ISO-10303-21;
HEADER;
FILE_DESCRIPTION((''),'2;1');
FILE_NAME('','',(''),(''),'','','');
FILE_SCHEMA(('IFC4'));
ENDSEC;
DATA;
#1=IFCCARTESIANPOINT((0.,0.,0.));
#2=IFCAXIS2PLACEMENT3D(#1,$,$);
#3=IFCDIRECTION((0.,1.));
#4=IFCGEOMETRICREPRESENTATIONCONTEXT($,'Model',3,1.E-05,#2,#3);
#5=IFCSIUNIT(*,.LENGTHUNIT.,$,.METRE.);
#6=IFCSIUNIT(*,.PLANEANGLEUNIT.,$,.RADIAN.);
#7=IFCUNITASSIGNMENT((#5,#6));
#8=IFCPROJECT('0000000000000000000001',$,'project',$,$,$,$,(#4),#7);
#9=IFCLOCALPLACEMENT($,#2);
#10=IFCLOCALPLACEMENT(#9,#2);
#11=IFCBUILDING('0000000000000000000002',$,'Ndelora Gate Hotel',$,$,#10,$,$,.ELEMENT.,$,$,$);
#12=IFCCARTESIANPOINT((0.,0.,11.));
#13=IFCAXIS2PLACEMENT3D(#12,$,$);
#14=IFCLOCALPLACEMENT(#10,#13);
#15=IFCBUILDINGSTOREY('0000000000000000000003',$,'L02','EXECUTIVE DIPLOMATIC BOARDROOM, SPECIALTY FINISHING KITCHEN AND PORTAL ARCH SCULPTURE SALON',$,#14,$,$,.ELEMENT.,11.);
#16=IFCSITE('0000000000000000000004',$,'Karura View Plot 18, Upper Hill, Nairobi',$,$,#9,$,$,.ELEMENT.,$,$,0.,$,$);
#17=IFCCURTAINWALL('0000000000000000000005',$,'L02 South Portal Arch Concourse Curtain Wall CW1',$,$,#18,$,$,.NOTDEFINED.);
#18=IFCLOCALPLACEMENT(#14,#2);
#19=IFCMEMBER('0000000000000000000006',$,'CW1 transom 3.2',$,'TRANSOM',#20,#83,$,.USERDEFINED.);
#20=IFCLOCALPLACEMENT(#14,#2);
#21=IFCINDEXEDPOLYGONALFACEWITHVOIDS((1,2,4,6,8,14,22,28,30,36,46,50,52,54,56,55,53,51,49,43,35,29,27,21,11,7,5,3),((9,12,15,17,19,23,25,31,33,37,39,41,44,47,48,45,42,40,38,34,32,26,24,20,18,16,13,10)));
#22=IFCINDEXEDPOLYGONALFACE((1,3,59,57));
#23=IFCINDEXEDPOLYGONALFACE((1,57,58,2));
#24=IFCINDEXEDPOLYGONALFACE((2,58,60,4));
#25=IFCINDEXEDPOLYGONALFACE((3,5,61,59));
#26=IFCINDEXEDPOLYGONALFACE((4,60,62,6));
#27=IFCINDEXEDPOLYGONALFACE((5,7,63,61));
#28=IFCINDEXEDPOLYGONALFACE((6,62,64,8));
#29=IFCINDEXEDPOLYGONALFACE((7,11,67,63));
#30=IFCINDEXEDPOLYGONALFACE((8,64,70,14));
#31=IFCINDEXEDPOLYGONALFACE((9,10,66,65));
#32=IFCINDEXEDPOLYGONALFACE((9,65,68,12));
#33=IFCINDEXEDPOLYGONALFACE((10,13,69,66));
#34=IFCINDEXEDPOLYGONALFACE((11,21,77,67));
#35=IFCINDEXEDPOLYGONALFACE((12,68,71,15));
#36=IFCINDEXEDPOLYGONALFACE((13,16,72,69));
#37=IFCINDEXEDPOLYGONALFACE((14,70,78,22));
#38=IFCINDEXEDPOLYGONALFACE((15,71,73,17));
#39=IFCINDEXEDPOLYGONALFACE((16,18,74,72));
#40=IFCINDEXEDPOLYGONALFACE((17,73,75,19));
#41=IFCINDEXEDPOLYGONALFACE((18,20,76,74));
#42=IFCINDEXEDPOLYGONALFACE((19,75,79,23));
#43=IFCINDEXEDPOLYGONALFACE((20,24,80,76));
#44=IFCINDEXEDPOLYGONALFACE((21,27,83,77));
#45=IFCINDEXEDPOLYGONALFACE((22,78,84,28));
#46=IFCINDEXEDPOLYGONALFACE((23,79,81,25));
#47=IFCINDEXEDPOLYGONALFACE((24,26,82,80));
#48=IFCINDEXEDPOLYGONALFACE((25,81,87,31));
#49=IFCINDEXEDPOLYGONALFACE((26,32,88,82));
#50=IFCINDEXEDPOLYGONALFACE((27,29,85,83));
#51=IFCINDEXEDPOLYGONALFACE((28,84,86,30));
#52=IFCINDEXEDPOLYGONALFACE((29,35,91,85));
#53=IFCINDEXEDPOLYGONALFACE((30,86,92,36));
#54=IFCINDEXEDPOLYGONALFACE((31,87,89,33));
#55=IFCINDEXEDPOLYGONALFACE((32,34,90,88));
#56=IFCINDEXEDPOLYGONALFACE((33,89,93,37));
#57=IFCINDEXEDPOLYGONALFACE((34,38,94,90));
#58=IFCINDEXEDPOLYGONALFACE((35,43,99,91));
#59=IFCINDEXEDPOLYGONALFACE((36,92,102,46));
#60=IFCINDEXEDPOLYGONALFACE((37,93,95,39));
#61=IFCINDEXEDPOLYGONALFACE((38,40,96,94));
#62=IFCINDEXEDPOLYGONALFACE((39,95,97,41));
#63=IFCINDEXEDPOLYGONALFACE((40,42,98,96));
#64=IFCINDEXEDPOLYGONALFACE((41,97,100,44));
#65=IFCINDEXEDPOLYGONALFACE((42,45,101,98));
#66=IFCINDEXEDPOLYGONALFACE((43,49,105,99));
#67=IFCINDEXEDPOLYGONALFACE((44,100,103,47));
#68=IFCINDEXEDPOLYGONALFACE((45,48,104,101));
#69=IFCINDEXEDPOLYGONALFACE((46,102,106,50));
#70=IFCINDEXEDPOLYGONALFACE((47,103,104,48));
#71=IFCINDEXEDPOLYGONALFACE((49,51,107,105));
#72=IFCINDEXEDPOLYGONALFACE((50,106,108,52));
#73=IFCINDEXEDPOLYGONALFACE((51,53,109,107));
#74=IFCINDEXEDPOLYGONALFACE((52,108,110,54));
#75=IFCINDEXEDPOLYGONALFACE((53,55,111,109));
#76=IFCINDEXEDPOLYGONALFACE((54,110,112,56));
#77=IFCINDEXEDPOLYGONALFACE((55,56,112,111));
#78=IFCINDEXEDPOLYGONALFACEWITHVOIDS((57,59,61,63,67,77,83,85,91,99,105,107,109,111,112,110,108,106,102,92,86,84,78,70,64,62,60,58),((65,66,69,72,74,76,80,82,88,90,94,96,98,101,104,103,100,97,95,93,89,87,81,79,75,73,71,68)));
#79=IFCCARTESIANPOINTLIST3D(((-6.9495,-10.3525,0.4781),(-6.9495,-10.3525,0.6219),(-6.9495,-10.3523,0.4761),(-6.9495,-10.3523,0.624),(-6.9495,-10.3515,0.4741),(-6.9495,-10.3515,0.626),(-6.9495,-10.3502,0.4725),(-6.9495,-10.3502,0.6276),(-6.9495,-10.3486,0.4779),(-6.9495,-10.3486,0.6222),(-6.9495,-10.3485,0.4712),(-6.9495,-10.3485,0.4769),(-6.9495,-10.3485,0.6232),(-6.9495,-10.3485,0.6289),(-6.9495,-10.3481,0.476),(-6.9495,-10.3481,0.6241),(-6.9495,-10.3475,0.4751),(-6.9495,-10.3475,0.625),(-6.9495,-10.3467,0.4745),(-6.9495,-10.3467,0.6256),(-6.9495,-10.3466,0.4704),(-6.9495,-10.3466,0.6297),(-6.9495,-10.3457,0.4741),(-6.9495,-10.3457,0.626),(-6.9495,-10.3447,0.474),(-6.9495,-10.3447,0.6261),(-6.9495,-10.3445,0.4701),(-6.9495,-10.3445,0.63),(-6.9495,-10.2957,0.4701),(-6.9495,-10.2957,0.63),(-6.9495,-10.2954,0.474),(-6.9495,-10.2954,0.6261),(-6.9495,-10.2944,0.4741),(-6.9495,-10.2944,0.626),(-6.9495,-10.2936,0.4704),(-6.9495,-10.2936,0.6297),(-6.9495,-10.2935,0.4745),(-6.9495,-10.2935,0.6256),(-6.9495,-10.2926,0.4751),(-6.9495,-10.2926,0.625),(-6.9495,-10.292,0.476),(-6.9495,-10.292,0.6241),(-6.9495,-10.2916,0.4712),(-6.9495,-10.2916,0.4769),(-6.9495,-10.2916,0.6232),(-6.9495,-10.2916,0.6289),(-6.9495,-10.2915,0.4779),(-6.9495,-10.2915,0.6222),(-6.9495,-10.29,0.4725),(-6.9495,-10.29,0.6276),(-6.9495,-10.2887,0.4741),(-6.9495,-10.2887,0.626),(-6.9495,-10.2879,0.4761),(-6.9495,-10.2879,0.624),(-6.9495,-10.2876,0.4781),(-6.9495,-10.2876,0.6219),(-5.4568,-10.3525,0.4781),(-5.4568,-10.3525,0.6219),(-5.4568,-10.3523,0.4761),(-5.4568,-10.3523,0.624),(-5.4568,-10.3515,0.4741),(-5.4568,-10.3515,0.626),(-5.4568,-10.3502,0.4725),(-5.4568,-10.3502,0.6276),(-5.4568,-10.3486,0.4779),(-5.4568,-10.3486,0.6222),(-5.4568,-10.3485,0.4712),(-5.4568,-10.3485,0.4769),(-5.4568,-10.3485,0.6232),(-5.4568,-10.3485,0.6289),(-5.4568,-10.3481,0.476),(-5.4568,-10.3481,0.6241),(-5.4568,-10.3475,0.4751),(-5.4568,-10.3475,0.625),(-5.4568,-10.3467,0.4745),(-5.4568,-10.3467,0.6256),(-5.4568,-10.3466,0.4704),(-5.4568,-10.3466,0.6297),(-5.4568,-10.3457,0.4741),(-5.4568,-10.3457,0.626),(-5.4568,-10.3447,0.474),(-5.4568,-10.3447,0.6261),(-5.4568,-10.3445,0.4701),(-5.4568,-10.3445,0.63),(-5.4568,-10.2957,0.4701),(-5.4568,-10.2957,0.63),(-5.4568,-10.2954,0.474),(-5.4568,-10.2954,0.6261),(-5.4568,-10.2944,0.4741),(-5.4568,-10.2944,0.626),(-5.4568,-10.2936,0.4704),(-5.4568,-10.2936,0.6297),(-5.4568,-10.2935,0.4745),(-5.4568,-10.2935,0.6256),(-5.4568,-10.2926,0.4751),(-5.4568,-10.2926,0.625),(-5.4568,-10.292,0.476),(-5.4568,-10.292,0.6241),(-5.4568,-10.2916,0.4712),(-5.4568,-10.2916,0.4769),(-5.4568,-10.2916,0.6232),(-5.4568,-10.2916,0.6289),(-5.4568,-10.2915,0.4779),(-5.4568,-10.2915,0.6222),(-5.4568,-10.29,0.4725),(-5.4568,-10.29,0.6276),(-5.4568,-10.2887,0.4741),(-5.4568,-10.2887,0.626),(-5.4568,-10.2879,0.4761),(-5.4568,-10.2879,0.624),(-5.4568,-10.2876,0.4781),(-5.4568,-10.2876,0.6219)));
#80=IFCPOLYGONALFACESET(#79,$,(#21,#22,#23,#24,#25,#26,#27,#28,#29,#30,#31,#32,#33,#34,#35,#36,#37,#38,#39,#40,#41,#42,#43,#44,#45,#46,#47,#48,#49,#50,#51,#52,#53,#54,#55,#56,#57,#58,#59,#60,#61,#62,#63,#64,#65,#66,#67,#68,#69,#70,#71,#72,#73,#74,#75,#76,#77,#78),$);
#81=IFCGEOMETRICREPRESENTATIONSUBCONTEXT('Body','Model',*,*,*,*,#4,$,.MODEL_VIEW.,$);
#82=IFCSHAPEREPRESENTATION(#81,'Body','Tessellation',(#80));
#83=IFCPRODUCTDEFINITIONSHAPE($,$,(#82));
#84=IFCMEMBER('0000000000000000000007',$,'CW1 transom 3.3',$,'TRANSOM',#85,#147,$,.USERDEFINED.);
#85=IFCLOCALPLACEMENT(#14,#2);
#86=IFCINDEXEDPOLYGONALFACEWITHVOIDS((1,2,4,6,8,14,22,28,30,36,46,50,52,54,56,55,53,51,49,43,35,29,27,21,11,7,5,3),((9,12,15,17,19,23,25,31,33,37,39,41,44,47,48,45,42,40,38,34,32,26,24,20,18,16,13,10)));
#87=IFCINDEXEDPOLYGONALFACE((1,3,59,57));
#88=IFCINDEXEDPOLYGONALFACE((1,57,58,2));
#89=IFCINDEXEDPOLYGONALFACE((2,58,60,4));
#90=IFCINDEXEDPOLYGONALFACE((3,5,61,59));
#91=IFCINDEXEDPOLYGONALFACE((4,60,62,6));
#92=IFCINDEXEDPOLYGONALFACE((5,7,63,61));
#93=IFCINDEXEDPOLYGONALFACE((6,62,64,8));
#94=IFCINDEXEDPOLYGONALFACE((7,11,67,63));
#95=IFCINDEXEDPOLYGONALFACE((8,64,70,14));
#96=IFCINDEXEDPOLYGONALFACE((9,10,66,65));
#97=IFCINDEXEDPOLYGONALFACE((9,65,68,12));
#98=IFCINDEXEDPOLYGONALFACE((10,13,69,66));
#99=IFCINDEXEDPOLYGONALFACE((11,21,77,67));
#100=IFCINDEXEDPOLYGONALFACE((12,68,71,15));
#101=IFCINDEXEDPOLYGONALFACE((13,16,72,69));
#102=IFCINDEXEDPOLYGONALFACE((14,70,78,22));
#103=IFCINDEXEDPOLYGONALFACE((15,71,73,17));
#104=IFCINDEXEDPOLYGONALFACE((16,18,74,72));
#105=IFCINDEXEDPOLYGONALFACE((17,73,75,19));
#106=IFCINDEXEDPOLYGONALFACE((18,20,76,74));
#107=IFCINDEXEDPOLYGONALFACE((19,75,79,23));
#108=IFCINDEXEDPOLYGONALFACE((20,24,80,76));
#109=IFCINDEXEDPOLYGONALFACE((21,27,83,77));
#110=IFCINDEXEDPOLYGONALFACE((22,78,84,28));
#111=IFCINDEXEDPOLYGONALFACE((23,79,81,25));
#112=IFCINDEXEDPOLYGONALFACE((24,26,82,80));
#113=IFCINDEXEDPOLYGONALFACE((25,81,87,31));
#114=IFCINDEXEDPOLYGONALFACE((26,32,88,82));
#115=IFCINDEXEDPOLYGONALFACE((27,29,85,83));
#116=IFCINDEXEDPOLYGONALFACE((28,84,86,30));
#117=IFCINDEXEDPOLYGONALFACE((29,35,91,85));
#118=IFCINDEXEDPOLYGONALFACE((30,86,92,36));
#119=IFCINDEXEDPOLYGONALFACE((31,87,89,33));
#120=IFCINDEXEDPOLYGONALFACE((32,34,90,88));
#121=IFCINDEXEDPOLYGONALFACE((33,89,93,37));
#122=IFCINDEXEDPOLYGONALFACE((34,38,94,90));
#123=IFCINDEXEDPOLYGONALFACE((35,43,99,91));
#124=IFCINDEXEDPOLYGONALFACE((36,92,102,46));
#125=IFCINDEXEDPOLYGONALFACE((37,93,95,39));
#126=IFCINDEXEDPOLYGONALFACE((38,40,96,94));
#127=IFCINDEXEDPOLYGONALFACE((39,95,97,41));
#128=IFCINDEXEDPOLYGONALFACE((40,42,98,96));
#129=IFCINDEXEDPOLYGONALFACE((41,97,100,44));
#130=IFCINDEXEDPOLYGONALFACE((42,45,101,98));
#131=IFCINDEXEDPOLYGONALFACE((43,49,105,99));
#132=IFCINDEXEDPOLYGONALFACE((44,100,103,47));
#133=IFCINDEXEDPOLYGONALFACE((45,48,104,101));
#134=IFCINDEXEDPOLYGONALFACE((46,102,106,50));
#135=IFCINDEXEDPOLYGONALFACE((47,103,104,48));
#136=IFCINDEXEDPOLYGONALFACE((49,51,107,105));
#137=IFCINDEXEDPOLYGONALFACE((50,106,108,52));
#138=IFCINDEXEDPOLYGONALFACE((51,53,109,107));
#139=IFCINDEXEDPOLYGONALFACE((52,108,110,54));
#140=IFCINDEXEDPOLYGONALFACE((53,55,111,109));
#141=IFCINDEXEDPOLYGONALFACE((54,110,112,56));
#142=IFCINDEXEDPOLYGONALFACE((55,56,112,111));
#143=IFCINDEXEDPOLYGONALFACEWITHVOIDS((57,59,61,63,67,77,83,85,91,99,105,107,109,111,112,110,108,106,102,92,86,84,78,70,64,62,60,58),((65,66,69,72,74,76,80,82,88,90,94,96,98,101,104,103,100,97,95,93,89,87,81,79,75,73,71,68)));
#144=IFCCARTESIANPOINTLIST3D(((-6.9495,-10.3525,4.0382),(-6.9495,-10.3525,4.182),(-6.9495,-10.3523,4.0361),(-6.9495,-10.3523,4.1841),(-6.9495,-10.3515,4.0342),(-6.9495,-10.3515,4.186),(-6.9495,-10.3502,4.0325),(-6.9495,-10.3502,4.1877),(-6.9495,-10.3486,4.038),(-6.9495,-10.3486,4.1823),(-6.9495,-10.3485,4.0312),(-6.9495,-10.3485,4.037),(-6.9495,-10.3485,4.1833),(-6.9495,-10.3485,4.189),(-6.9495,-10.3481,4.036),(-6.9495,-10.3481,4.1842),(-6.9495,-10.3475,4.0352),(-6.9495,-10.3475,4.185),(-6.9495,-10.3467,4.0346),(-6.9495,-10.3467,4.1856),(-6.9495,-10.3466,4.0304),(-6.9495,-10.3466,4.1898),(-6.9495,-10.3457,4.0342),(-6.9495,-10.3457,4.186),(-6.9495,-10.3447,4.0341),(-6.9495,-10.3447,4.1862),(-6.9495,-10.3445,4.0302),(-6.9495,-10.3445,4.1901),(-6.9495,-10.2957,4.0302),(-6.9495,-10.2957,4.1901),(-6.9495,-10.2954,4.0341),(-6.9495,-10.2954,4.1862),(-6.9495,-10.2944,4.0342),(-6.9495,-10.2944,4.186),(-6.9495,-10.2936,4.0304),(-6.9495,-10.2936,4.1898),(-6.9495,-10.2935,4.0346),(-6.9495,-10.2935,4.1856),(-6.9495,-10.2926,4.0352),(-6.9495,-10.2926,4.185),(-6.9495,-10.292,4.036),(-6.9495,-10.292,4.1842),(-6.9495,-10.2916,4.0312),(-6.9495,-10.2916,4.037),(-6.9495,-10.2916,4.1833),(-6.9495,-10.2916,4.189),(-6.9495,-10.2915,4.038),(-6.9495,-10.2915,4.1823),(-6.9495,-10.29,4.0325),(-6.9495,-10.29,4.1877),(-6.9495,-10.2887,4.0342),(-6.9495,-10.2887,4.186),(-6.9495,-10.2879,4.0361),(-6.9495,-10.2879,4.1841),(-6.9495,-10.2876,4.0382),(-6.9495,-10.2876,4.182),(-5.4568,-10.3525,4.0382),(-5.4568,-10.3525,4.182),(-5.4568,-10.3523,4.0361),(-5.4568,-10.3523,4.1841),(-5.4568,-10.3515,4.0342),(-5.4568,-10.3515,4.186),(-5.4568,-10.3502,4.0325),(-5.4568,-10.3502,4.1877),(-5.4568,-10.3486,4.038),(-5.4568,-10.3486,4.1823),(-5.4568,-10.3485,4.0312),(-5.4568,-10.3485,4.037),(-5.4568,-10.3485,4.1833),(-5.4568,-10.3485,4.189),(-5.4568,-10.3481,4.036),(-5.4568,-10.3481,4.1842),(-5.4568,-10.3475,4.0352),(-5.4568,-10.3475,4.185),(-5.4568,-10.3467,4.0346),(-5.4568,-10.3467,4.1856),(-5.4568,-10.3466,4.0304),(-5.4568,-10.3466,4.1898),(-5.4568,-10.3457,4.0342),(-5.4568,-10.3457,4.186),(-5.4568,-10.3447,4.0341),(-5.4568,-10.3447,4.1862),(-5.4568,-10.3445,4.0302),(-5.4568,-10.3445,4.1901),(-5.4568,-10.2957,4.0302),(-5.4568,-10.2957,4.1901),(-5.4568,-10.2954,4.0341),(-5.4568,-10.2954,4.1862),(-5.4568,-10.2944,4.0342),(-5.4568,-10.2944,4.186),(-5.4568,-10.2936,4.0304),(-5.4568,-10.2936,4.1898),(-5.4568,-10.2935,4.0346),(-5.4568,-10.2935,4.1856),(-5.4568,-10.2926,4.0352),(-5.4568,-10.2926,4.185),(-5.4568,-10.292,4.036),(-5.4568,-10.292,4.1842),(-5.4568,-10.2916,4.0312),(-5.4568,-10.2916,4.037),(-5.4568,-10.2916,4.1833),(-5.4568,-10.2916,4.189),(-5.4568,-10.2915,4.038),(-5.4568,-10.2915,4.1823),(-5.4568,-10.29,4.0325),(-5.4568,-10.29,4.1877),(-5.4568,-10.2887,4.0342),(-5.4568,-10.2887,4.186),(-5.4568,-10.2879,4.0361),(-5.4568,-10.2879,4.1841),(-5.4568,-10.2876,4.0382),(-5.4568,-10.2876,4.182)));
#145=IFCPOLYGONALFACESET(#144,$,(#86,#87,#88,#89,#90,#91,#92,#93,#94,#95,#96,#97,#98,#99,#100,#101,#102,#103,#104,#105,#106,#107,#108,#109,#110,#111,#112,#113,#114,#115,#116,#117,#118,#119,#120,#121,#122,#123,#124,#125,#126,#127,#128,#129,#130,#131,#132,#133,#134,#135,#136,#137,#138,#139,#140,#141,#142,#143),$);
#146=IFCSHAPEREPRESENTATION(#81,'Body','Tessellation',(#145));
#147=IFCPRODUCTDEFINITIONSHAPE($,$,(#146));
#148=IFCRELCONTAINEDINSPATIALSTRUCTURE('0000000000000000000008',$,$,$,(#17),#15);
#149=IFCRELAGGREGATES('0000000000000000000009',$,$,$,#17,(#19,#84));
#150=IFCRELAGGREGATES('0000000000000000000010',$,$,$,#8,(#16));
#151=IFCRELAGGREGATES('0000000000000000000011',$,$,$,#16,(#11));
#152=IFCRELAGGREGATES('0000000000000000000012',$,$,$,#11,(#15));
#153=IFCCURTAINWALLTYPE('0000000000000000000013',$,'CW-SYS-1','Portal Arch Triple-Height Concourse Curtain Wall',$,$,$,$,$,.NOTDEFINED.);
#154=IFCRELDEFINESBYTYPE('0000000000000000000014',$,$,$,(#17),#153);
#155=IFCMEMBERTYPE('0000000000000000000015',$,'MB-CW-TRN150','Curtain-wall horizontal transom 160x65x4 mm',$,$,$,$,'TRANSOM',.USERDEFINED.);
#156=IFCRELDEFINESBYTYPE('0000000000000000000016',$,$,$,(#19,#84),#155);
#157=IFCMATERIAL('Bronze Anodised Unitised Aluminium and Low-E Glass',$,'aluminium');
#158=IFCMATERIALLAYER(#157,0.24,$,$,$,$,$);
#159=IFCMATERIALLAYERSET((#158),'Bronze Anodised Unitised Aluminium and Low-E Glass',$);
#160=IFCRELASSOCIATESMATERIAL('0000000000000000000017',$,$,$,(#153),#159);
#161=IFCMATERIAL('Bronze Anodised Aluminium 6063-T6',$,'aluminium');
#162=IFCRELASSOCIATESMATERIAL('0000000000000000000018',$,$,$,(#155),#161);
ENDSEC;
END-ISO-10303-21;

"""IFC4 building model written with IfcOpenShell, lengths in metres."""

from ifc_helpers import new_model, si_unit, direction, frame, origin, origin_2d, place, context, subcontext, project, spatial, hollow_rectangle, extrude, material, layer, layer_set, material_profile, profile_set, type_object, element, aggregate, save


model = new_model("IFC4")

# Units and contexts
model_context = context("Model", 3, precision=1e-05, world=origin(), true_north=direction((0.0, 1.0)))
body_context = subcontext(model_context, "Body", "Model", "MODEL_VIEW")
ifc_project = project(units=[si_unit("LENGTHUNIT", "METRE"), si_unit("PLANEANGLEUNIT", "RADIAN")], contexts=[model_context])

# Site, building, storey
site_placement = place(None, origin())
site = spatial("IfcSite", under=ifc_project, at=site_placement, Name="Karura View Plot 18, Upper Hill, Nairobi", CompositionType="ELEMENT", RefElevation=0.0)
building_placement = place(site_placement, origin())
building = spatial("IfcBuilding", under=site, at=building_placement, Name="Ndelora Gate Hotel", CompositionType="ELEMENT")
storey_placement = place(building_placement, frame((0.0, 0.0, 11.0)))
storey = spatial("IfcBuildingStorey", under=building, at=storey_placement, Name="L02", Description="EXECUTIVE DIPLOMATIC BOARDROOM, SPECIALTY FINISHING KITCHEN AND PORTAL ARCH SCULPTURE SALON", CompositionType="ELEMENT", Elevation=11.0)

# Curtain wall, members
ifc_material_1 = material(Name="Bronze Anodised Unitised Aluminium and Low-E Glass", Category="aluminium")
ifc_layer_1 = layer(ifc_material_1, 0.24)
ifc_layer_set_1 = layer_set([ifc_layer_1], Name="Bronze Anodised Unitised Aluminium and Low-E Glass")
curtain_wall_type = type_object("IfcCurtainWallType", Name="CW-SYS-1", Description="Portal Arch Triple-Height Concourse Curtain Wall", PredefinedType="NOTDEFINED", material=ifc_layer_set_1)
curtain_wall_placement = place(storey_placement, origin())
curtain_wall = element("IfcCurtainWall", 1, at=curtain_wall_placement, inside=storey, type_object=curtain_wall_type, Name="L02 South Portal Arch Concourse Curtain Wall CW1", PredefinedType="NOTDEFINED")
ifc_material_2 = material(Name="Bronze Anodised Aluminium 6063-T6", Category="aluminium")
ifc_material_profile_1 = material_profile(ifc_material_2, hollow_rectangle(XDim=0.0649, YDim=0.1599, WallThickness=0.0039, InnerFilletRadius=0.0039, OuterFilletRadius=0.0081, at=origin_2d()), Name="ALU 160x65x4")
ifc_profile_set_1 = profile_set([ifc_material_profile_1], Name="Bronze Anodised Aluminium 6063-T6")
member_type_1 = type_object("IfcMemberType", Name="MB-CW-TRN150", Description="Curtain-wall horizontal transom 160x65x4 mm", ElementType="TRANSOM", PredefinedType="USERDEFINED", material=ifc_profile_set_1)
member_1_placement = place(storey_placement, frame((-6.9495, -10.3201, 0.55), z_axis=(1.0, 0.0, 0.0), x_axis=(0.0, 1.0, 0.0)))
member_1 = element("IfcMember", 2, at=member_1_placement, type_object=member_type_1, Name="CW1 transom 3.2", ObjectType="TRANSOM", PredefinedType="USERDEFINED", context=body_context, shape_type="SweptSolid", body=[
    extrude(hollow_rectangle(XDim=0.0649, YDim=0.1599, WallThickness=0.0039, InnerFilletRadius=0.0039, OuterFilletRadius=0.0081, at=origin_2d()), origin(), (0.0, 0.0, 1.0), 1.4927),
])
member_2_placement = place(storey_placement, frame((-6.9495, -10.3201, 4.1101), z_axis=(1.0, 0.0, 0.0), x_axis=(0.0, 1.0, 0.0)))
member_2 = element("IfcMember", 3, at=member_2_placement, type_object=member_type_1, Name="CW1 transom 3.3", ObjectType="TRANSOM", PredefinedType="USERDEFINED", context=body_context, shape_type="SweptSolid", body=[
    extrude(hollow_rectangle(XDim=0.0649, YDim=0.1599, WallThickness=0.0039, InnerFilletRadius=0.0039, OuterFilletRadius=0.0081, at=origin_2d()), origin(), (0.0, 0.0, 1.0), 1.4927),
])
aggregate(curtain_wall, [member_1, member_2])

save(model, "model.ifc")
